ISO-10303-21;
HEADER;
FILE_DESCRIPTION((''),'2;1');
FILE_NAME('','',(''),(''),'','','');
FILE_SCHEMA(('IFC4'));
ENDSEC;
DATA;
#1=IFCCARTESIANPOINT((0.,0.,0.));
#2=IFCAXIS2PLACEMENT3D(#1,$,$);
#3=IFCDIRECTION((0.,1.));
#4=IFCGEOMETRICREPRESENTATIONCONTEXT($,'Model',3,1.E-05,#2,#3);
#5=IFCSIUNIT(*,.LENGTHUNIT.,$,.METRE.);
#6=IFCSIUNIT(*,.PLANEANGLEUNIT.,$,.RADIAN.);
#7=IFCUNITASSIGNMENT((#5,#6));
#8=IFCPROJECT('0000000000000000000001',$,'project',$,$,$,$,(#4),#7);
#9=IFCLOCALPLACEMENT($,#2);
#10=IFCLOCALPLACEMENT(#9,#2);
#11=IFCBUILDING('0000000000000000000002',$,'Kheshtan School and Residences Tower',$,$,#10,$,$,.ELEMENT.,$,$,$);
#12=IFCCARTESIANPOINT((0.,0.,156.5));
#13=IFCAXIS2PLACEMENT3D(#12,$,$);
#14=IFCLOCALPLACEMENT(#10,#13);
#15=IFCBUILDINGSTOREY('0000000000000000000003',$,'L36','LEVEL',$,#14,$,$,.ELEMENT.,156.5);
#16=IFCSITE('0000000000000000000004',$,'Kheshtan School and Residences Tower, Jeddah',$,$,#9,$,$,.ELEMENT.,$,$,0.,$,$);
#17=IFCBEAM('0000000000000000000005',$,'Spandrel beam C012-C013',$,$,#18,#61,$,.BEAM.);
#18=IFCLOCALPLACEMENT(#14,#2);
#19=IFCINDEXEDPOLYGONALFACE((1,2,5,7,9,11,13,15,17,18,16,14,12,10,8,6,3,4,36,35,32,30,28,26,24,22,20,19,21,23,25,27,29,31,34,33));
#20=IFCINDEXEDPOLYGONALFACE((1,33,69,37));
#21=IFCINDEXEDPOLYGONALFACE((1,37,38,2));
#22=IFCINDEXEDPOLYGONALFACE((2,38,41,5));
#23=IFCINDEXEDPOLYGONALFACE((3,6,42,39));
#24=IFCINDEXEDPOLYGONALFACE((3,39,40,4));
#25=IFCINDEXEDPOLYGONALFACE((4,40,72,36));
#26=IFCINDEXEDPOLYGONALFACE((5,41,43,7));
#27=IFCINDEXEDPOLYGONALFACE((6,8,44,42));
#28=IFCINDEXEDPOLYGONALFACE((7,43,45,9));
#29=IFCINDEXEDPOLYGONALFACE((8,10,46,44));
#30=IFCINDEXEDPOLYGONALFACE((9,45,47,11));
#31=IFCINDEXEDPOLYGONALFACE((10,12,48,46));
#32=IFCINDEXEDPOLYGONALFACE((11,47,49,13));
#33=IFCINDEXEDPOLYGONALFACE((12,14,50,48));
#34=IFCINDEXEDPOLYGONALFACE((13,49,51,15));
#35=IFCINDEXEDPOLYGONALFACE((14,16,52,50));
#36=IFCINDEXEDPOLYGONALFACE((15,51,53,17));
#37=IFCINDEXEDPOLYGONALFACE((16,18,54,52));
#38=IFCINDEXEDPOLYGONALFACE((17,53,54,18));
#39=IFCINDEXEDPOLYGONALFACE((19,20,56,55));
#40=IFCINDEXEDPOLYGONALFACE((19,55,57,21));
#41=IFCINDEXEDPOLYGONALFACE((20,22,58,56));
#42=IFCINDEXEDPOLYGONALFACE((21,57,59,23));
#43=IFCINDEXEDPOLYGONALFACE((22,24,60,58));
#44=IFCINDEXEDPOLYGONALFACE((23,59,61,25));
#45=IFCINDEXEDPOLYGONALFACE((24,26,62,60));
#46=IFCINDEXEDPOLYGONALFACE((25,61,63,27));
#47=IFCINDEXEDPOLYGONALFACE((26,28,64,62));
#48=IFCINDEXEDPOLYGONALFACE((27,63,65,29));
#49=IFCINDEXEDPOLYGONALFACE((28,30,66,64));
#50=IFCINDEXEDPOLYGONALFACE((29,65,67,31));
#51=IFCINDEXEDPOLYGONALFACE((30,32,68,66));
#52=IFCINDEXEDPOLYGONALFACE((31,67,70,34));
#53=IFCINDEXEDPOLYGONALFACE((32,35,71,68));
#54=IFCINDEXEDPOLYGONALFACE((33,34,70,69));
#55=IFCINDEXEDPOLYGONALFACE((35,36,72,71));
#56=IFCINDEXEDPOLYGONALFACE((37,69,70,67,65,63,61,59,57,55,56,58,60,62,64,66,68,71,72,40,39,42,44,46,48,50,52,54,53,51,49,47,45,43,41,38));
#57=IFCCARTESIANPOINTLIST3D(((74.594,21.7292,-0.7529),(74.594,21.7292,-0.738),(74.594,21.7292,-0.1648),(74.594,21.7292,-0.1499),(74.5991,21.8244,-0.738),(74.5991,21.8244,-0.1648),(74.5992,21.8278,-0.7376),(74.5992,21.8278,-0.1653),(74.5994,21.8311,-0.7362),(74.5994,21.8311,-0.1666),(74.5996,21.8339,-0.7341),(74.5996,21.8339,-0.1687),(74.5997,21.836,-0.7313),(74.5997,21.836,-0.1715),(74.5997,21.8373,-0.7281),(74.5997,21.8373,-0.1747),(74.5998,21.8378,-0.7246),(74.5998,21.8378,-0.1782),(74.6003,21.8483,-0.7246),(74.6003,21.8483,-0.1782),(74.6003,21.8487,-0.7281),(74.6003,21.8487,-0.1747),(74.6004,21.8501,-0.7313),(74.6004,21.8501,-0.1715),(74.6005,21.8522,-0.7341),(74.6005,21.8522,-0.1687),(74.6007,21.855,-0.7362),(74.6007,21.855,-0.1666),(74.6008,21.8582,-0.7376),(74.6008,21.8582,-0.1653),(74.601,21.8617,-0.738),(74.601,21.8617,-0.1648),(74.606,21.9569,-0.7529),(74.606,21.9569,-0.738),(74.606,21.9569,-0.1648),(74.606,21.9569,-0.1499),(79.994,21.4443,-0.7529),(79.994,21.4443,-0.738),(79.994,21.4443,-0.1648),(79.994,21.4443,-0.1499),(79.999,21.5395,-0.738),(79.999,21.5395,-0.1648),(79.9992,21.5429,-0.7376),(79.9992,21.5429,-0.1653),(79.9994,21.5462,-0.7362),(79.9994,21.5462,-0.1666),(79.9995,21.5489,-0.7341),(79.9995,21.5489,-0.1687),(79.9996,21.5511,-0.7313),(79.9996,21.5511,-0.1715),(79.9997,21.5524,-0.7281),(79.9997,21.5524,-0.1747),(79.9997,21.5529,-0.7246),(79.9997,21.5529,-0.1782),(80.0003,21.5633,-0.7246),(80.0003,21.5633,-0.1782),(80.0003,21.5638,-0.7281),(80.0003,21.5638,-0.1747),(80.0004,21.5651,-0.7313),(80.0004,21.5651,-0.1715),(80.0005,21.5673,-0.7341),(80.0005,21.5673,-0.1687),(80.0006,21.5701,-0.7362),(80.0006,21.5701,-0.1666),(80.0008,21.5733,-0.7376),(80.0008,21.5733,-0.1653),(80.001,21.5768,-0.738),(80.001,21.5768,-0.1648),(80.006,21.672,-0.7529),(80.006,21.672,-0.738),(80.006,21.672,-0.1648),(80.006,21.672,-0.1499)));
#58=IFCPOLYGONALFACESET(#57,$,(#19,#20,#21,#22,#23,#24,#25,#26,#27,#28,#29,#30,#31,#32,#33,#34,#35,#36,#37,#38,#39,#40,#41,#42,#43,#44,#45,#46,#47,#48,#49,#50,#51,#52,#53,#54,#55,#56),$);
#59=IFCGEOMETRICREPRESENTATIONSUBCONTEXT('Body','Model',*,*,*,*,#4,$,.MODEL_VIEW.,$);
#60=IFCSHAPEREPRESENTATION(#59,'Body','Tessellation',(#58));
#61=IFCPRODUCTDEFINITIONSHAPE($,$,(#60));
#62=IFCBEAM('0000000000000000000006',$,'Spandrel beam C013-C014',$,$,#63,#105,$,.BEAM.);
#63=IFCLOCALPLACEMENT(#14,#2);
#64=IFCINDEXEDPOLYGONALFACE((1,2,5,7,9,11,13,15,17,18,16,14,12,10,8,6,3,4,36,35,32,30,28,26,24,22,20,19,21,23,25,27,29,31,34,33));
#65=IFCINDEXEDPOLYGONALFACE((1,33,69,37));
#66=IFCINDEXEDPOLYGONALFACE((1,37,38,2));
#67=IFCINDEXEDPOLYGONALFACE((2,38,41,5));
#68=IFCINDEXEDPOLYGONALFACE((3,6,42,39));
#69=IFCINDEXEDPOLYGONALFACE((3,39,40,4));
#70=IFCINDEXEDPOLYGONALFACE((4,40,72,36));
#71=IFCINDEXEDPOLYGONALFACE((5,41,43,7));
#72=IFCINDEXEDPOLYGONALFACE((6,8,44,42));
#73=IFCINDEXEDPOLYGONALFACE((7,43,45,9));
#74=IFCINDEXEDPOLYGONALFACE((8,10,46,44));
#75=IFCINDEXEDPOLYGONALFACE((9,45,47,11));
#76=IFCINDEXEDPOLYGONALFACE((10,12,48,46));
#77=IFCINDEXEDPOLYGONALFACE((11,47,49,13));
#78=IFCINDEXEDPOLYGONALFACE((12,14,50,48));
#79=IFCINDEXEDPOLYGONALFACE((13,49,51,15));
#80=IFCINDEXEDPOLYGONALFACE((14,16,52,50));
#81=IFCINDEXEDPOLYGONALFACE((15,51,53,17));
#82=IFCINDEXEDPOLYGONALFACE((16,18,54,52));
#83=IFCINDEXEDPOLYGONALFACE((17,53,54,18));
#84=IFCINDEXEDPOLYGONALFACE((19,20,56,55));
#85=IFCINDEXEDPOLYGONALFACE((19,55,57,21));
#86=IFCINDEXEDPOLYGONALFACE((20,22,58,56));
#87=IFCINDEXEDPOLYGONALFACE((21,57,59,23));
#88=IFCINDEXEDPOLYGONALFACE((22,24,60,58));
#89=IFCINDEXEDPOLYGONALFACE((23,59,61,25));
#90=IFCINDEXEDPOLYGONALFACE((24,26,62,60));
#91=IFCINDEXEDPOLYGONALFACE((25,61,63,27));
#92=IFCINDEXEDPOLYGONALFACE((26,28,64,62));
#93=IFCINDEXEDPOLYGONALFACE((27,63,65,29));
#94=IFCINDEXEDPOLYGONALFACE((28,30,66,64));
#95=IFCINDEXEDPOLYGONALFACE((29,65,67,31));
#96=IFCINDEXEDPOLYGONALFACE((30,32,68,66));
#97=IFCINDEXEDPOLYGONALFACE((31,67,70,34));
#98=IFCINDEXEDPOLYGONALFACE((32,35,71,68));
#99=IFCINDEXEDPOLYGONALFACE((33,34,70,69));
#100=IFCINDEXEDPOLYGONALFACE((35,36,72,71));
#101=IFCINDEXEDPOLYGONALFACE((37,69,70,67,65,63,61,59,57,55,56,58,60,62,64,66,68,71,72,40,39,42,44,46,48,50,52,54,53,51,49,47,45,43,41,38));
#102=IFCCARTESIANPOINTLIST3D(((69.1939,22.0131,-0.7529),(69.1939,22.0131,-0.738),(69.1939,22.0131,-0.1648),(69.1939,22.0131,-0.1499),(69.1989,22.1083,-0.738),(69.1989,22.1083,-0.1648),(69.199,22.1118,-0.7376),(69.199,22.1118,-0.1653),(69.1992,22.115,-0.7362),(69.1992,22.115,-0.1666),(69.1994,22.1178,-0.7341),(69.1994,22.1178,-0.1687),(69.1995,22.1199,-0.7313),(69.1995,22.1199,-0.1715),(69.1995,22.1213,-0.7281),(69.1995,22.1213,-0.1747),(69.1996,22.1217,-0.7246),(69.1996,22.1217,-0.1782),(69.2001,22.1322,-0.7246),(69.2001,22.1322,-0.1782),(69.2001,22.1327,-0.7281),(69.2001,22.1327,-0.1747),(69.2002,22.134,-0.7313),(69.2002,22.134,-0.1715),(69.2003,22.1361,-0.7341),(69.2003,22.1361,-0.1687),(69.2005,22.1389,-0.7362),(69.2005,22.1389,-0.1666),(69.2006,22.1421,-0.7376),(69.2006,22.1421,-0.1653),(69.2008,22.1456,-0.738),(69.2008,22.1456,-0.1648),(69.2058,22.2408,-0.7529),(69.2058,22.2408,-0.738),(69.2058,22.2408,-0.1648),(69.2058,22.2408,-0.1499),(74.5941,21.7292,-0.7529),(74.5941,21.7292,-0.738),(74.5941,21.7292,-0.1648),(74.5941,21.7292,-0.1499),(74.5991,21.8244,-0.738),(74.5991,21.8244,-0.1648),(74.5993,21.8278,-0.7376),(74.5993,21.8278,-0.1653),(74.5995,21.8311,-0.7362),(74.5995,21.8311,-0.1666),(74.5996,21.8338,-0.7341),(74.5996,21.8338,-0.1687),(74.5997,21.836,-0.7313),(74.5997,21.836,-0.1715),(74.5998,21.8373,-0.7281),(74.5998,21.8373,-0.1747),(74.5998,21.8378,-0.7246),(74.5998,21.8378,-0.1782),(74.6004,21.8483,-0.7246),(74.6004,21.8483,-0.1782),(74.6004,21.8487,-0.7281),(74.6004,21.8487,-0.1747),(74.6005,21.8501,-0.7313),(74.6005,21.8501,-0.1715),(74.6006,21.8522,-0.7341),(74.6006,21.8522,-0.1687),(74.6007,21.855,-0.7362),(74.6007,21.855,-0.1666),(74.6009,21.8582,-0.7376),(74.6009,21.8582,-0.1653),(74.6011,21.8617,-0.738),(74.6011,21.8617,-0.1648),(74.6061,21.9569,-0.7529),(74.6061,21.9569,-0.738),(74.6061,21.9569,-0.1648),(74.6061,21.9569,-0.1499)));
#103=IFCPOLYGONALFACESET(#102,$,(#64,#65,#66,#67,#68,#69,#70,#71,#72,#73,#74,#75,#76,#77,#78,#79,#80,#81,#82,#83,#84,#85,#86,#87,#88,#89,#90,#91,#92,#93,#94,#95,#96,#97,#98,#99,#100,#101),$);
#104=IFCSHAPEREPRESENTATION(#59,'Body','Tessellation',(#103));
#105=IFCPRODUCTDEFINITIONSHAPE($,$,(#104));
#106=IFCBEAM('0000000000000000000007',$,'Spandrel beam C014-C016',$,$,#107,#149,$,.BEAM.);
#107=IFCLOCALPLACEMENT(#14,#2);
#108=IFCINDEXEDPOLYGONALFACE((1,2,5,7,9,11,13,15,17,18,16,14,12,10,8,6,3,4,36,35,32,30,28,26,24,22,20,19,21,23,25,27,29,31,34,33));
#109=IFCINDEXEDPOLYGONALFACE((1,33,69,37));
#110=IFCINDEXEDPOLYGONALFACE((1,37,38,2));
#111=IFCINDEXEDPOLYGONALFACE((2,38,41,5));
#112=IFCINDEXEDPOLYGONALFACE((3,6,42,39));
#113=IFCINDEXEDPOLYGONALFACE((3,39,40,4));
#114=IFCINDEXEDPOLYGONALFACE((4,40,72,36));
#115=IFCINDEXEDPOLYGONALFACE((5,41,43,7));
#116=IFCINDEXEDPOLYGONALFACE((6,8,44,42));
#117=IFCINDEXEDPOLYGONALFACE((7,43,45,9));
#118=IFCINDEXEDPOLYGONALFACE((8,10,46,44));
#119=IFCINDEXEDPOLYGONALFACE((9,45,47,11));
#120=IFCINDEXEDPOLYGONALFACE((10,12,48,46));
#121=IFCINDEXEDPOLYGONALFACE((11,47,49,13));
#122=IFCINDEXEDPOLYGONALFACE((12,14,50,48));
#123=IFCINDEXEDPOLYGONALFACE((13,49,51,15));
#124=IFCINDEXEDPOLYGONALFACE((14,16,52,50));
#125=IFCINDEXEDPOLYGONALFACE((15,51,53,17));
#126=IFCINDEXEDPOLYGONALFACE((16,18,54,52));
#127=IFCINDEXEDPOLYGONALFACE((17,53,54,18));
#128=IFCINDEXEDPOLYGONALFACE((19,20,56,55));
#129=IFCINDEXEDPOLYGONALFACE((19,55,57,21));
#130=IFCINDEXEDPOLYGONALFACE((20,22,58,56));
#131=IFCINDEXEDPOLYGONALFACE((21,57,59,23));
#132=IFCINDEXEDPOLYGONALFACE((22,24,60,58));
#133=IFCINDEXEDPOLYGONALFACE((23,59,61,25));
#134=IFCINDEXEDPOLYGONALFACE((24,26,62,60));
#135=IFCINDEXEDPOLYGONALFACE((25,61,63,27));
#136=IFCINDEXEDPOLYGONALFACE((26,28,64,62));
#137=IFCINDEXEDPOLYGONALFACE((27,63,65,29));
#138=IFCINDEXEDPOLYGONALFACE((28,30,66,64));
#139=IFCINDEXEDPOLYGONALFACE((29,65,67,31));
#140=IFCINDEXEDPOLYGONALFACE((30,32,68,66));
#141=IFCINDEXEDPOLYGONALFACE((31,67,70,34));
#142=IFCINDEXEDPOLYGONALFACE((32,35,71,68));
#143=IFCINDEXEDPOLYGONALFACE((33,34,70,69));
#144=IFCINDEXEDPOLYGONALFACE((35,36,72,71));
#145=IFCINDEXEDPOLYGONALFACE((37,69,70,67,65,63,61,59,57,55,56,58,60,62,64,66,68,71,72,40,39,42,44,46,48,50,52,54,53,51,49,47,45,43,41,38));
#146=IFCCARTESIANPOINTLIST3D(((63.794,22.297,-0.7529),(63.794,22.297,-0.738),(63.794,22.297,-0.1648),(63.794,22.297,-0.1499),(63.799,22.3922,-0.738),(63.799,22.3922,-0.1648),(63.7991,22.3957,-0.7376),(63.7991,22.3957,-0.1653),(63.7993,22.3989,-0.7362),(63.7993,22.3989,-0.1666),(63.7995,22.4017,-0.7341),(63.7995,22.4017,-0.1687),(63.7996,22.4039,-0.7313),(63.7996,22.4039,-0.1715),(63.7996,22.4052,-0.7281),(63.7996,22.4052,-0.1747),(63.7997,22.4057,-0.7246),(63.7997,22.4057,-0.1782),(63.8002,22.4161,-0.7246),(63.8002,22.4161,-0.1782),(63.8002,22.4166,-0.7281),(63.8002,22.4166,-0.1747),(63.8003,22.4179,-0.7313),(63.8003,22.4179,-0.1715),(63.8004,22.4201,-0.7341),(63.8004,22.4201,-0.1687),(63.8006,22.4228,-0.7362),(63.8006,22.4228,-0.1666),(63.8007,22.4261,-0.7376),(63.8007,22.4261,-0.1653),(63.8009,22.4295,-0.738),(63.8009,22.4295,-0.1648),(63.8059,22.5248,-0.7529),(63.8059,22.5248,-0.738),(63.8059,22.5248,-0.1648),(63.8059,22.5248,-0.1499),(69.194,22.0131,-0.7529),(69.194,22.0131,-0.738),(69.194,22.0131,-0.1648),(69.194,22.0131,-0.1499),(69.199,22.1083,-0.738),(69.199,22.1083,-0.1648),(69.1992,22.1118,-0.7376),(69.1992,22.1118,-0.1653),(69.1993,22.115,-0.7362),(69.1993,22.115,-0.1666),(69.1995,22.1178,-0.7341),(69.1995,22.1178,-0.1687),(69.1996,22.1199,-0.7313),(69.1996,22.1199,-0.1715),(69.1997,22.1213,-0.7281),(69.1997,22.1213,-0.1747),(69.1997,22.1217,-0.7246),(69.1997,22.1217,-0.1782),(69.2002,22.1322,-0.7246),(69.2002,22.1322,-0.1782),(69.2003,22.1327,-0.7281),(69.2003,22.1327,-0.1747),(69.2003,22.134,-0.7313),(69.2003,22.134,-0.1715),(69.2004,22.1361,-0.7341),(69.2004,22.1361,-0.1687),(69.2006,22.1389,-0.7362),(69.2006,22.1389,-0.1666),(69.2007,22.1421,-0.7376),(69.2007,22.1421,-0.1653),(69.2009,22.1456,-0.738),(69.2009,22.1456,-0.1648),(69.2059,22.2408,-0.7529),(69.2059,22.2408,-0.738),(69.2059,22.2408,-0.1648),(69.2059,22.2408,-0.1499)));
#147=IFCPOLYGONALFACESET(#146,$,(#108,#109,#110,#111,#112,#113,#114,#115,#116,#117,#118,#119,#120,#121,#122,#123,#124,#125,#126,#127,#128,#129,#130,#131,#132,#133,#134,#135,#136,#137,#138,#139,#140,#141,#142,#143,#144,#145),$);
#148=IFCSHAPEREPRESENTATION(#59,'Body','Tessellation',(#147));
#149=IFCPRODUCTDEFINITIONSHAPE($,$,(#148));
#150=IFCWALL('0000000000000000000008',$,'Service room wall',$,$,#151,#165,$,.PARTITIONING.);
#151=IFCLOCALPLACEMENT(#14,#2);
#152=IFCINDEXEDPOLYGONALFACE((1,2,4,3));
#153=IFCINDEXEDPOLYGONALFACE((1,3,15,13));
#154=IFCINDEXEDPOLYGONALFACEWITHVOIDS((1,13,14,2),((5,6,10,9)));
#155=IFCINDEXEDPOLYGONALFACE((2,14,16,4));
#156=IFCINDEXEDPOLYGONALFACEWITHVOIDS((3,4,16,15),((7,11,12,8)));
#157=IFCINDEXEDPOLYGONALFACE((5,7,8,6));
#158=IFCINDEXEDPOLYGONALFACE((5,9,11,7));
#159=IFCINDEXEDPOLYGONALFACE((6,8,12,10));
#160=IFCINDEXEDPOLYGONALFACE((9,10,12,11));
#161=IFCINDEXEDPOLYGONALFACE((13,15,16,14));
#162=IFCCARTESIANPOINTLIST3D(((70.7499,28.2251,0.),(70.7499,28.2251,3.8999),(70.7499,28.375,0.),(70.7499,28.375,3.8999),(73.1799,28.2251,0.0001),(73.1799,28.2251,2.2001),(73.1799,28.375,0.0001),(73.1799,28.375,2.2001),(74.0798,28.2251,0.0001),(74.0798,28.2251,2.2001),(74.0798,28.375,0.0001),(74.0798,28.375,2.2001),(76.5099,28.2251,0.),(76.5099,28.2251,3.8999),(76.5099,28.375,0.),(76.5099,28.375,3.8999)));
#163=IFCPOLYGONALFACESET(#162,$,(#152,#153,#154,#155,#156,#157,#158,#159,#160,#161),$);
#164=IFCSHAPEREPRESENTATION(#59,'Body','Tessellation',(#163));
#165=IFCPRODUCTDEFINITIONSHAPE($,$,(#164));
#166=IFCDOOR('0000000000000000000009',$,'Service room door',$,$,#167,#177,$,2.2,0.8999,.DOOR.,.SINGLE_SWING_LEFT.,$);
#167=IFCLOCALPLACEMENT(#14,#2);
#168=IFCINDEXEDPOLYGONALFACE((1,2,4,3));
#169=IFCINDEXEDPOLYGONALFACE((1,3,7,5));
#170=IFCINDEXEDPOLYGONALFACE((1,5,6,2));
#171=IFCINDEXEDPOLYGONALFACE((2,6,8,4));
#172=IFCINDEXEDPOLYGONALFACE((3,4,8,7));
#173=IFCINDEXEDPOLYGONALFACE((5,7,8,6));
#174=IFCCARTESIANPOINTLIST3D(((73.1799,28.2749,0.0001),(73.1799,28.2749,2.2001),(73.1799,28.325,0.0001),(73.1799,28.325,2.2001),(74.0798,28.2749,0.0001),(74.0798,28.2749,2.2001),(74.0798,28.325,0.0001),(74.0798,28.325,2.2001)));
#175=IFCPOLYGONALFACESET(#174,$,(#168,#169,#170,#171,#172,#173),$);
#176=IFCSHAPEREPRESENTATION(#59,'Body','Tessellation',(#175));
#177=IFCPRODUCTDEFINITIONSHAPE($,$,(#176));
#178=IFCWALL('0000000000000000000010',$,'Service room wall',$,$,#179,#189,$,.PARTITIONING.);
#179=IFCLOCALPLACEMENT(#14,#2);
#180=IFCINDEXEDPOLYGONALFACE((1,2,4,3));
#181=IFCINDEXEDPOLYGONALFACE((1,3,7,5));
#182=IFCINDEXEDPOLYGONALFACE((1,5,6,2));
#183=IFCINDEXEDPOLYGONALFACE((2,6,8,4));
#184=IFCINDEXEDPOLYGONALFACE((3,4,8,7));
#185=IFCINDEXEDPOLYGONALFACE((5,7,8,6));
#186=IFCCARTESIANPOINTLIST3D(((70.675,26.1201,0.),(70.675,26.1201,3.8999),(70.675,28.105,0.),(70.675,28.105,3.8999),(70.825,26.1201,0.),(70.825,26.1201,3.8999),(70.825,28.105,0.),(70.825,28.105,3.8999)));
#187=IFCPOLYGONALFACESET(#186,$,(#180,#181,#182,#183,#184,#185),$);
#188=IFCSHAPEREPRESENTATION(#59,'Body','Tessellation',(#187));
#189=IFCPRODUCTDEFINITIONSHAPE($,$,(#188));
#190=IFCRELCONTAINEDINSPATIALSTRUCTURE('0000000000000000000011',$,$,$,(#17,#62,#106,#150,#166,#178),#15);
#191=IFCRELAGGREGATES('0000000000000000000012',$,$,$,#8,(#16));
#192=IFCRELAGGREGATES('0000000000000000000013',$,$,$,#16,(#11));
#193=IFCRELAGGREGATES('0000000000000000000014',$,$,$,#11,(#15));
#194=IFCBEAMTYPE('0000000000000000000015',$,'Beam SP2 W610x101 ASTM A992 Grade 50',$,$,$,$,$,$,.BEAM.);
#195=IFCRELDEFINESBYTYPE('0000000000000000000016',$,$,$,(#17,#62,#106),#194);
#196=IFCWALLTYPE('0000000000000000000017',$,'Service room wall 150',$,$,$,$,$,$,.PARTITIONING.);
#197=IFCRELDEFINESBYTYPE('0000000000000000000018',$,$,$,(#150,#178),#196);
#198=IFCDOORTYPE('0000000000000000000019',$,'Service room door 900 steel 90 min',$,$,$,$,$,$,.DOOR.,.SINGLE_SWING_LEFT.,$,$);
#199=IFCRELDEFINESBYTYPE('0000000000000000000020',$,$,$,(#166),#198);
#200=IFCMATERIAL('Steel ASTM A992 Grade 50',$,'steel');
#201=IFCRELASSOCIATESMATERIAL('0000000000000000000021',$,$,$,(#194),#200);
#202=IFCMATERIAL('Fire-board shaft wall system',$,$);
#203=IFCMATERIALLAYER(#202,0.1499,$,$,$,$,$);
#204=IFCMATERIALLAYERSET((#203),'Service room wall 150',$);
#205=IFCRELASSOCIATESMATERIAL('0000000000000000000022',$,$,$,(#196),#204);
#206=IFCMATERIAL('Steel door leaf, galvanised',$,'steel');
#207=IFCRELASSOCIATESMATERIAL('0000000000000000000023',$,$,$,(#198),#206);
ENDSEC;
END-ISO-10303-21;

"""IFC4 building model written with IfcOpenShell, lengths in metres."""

from ifc_helpers import new_model, si_unit, direction, frame, frame_2d, origin, origin_2d, place, context, subcontext, project, spatial, rectangle, i_section, extrude, source, transform, mapped, material, layer, layer_set, material_profile, profile_set, type_object, element, fill, save


model = new_model("IFC4")

# Units and contexts
model_context = context("Model", 3, precision=1e-05, world=origin(), true_north=direction((0.0, 1.0)))
body_context = subcontext(model_context, "Body", "Model", "MODEL_VIEW")
ifc_project = project(units=[si_unit("LENGTHUNIT", "METRE"), si_unit("PLANEANGLEUNIT", "RADIAN")], contexts=[model_context])

# Site, building, storey
site_placement = place(None, origin())
site = spatial("IfcSite", under=ifc_project, at=site_placement, Name="Kheshtan School and Residences Tower, Jeddah", CompositionType="ELEMENT", RefElevation=0.0)
building_placement = place(site_placement, origin())
building = spatial("IfcBuilding", under=site, at=building_placement, Name="Kheshtan School and Residences Tower", CompositionType="ELEMENT")
storey_placement = place(building_placement, frame((0.0, 0.0, 156.5)))
storey = spatial("IfcBuildingStorey", under=building, at=storey_placement, Name="L36", Description="LEVEL", CompositionType="ELEMENT", Elevation=156.5)

# Shared definitions
ifc_material_1 = material(Name="Steel ASTM A992 Grade 50", Category="steel")

# Beams
ifc_material_profile_1 = material_profile(ifc_material_1, i_section(OverallWidth=0.228, OverallDepth=0.603, WebThickness=0.0105, FlangeThickness=0.0149, FilletRadius=0.0134, at=origin_2d()), Name="W610x101")
ifc_profile_set_1 = profile_set([ifc_material_profile_1], Name="Steel ASTM A992 Grade 50")
beam_type_1 = type_object("IfcBeamType", Name="Beam SP2 W610x101 ASTM A992 Grade 50", PredefinedType="BEAM", material=ifc_profile_set_1)
beam_1_placement = place(storey_placement, frame((80.0, 21.5581, -0.4514), z_axis=(-0.998611, 0.052689, 0.0), x_axis=(-0.052689, -0.998611, 0.0)))
element("IfcBeam", 1, at=beam_1_placement, inside=storey, type_object=beam_type_1, Name="Spandrel beam C012-C013", PredefinedType="BEAM", context=body_context, shape_type="SweptSolid", body=[
    extrude(i_section(OverallWidth=0.228, OverallDepth=0.603, WebThickness=0.0105, FlangeThickness=0.0149, FilletRadius=0.0134, at=origin_2d()), origin(), (0.0, 0.0, 1.0), 5.4075),
])
beam_2_placement = place(storey_placement, frame((74.6001, 21.843, -0.4514), z_axis=(-0.998621, 0.052507, 0.0), x_axis=(-0.052507, -0.998621, 0.0)))
element("IfcBeam", 2, at=beam_2_placement, inside=storey, type_object=beam_type_1, Name="Spandrel beam C013-C014", PredefinedType="BEAM", context=body_context, shape_type="SweptSolid", body=[
    extrude(i_section(OverallWidth=0.228, OverallDepth=0.603, WebThickness=0.0105, FlangeThickness=0.0149, FilletRadius=0.0134, at=origin_2d()), origin(), (0.0, 0.0, 1.0), 5.4077),
])
beam_3_placement = place(storey_placement, frame((69.2, 22.127, -0.4514), z_axis=(-0.99862, 0.052509, 0.0), x_axis=(-0.052509, -0.99862, 0.0)))
element("IfcBeam", 3, at=beam_3_placement, inside=storey, type_object=beam_type_1, Name="Spandrel beam C014-C016", PredefinedType="BEAM", context=body_context, shape_type="SweptSolid", body=[
    extrude(i_section(OverallWidth=0.228, OverallDepth=0.603, WebThickness=0.0105, FlangeThickness=0.0149, FilletRadius=0.0134, at=origin_2d()), origin(), (0.0, 0.0, 1.0), 5.4075),
])

# Wall, opening, door
ifc_material_2 = material(Name="Fire-board shaft wall system")
ifc_layer_1 = layer(ifc_material_2, 0.1499)
ifc_layer_set_1 = layer_set([ifc_layer_1], Name="Service room wall 150")
wall_type_1 = type_object("IfcWallType", Name="Service room wall 150", PredefinedType="PARTITIONING", material=ifc_layer_set_1)
wall_1_placement = place(storey_placement, frame((70.75, 28.3, 0.0), z_axis=(0.0, 0.0, 1.0), x_axis=(1.0, 0.0, 0.0)))
wall_1 = element("IfcWall", 4, at=wall_1_placement, inside=storey, type_object=wall_type_1, Name="Service room wall", PredefinedType="PARTITIONING", context=body_context, shape_type="SweptSolid", body=[
    extrude(rectangle(XDim=5.76, YDim=0.1499, at=frame_2d((2.8799, 0.0))), origin(), (0.0, 0.0, 1.0), 3.8999),
])
opening_1_placement = place(wall_1_placement, frame((2.4299, 0.0, 0.0)))
opening_1 = element("IfcOpeningElement", 5, at=opening_1_placement, cuts=wall_1, PredefinedType="OPENING", context=body_context, shape_type="SweptSolid", body=[
    extrude(rectangle(XDim=0.8999, YDim=2.2, at=frame_2d((0.45, 1.1001))), frame((0.0, 0.085, 0.0), z_axis=(0.0, -1.0, 0.0), x_axis=(1.0, 0.0, 0.0)), (0.0, 0.0, 1.0), 0.1699),
])
ifc_material_3 = material(Name="Steel door leaf, galvanised", Category="steel")
door_type_1 = type_object("IfcDoorType", Name="Service room door 900 steel 90 min", OperationType="SINGLE_SWING_LEFT", PredefinedType="DOOR", material=ifc_material_3)
shared_shape_1 = source(origin(), body_context, "Body", "SweptSolid", [
    extrude(rectangle(XDim=0.8999, YDim=2.2, at=frame_2d((0.45, 1.1001))), frame((0.0, 0.0249, 0.0), z_axis=(0.0, -1.0, 0.0), x_axis=(1.0, 0.0, 0.0)), (0.0, 0.0, 1.0), 0.05),
])
door_1_placement = place(opening_1_placement, origin())
door_1 = element("IfcDoor", 6, at=door_1_placement, inside=storey, type_object=door_type_1, Name="Service room door", OperationType="SINGLE_SWING_LEFT", OverallHeight=2.2, OverallWidth=0.8999, PredefinedType="DOOR", context=body_context, shape_type="MappedRepresentation", body=[
    mapped(shared_shape_1, transform((0.0, 0.0, 0.0), x_axis=(1.0, 0.0, 0.0), y_axis=(0.0, 1.0, 0.0), z_axis=(0.0, 0.0, 1.0), scale=1.0)),
])
fill(opening_1, door_1)

# Wall
for number, where, z_axis, x_axis, name in (
    (7, (70.75, 26.1201, 0.0), (0.0, 0.0, 1.0), (0.0, 1.0, 0.0), "Service room wall"),
):
    element("IfcWall", number, at=place(storey_placement, frame(where, z_axis=z_axis, x_axis=x_axis)), inside=storey, type_object=wall_type_1, Name=name, PredefinedType="PARTITIONING", context=body_context, shape_type="SweptSolid", body=[
        extrude(rectangle(XDim=1.9849, YDim=0.1499, at=frame_2d((0.9924, 0.0))), origin(), (0.0, 0.0, 1.0), 3.8999),
    ])

save(model, "model.ifc")
